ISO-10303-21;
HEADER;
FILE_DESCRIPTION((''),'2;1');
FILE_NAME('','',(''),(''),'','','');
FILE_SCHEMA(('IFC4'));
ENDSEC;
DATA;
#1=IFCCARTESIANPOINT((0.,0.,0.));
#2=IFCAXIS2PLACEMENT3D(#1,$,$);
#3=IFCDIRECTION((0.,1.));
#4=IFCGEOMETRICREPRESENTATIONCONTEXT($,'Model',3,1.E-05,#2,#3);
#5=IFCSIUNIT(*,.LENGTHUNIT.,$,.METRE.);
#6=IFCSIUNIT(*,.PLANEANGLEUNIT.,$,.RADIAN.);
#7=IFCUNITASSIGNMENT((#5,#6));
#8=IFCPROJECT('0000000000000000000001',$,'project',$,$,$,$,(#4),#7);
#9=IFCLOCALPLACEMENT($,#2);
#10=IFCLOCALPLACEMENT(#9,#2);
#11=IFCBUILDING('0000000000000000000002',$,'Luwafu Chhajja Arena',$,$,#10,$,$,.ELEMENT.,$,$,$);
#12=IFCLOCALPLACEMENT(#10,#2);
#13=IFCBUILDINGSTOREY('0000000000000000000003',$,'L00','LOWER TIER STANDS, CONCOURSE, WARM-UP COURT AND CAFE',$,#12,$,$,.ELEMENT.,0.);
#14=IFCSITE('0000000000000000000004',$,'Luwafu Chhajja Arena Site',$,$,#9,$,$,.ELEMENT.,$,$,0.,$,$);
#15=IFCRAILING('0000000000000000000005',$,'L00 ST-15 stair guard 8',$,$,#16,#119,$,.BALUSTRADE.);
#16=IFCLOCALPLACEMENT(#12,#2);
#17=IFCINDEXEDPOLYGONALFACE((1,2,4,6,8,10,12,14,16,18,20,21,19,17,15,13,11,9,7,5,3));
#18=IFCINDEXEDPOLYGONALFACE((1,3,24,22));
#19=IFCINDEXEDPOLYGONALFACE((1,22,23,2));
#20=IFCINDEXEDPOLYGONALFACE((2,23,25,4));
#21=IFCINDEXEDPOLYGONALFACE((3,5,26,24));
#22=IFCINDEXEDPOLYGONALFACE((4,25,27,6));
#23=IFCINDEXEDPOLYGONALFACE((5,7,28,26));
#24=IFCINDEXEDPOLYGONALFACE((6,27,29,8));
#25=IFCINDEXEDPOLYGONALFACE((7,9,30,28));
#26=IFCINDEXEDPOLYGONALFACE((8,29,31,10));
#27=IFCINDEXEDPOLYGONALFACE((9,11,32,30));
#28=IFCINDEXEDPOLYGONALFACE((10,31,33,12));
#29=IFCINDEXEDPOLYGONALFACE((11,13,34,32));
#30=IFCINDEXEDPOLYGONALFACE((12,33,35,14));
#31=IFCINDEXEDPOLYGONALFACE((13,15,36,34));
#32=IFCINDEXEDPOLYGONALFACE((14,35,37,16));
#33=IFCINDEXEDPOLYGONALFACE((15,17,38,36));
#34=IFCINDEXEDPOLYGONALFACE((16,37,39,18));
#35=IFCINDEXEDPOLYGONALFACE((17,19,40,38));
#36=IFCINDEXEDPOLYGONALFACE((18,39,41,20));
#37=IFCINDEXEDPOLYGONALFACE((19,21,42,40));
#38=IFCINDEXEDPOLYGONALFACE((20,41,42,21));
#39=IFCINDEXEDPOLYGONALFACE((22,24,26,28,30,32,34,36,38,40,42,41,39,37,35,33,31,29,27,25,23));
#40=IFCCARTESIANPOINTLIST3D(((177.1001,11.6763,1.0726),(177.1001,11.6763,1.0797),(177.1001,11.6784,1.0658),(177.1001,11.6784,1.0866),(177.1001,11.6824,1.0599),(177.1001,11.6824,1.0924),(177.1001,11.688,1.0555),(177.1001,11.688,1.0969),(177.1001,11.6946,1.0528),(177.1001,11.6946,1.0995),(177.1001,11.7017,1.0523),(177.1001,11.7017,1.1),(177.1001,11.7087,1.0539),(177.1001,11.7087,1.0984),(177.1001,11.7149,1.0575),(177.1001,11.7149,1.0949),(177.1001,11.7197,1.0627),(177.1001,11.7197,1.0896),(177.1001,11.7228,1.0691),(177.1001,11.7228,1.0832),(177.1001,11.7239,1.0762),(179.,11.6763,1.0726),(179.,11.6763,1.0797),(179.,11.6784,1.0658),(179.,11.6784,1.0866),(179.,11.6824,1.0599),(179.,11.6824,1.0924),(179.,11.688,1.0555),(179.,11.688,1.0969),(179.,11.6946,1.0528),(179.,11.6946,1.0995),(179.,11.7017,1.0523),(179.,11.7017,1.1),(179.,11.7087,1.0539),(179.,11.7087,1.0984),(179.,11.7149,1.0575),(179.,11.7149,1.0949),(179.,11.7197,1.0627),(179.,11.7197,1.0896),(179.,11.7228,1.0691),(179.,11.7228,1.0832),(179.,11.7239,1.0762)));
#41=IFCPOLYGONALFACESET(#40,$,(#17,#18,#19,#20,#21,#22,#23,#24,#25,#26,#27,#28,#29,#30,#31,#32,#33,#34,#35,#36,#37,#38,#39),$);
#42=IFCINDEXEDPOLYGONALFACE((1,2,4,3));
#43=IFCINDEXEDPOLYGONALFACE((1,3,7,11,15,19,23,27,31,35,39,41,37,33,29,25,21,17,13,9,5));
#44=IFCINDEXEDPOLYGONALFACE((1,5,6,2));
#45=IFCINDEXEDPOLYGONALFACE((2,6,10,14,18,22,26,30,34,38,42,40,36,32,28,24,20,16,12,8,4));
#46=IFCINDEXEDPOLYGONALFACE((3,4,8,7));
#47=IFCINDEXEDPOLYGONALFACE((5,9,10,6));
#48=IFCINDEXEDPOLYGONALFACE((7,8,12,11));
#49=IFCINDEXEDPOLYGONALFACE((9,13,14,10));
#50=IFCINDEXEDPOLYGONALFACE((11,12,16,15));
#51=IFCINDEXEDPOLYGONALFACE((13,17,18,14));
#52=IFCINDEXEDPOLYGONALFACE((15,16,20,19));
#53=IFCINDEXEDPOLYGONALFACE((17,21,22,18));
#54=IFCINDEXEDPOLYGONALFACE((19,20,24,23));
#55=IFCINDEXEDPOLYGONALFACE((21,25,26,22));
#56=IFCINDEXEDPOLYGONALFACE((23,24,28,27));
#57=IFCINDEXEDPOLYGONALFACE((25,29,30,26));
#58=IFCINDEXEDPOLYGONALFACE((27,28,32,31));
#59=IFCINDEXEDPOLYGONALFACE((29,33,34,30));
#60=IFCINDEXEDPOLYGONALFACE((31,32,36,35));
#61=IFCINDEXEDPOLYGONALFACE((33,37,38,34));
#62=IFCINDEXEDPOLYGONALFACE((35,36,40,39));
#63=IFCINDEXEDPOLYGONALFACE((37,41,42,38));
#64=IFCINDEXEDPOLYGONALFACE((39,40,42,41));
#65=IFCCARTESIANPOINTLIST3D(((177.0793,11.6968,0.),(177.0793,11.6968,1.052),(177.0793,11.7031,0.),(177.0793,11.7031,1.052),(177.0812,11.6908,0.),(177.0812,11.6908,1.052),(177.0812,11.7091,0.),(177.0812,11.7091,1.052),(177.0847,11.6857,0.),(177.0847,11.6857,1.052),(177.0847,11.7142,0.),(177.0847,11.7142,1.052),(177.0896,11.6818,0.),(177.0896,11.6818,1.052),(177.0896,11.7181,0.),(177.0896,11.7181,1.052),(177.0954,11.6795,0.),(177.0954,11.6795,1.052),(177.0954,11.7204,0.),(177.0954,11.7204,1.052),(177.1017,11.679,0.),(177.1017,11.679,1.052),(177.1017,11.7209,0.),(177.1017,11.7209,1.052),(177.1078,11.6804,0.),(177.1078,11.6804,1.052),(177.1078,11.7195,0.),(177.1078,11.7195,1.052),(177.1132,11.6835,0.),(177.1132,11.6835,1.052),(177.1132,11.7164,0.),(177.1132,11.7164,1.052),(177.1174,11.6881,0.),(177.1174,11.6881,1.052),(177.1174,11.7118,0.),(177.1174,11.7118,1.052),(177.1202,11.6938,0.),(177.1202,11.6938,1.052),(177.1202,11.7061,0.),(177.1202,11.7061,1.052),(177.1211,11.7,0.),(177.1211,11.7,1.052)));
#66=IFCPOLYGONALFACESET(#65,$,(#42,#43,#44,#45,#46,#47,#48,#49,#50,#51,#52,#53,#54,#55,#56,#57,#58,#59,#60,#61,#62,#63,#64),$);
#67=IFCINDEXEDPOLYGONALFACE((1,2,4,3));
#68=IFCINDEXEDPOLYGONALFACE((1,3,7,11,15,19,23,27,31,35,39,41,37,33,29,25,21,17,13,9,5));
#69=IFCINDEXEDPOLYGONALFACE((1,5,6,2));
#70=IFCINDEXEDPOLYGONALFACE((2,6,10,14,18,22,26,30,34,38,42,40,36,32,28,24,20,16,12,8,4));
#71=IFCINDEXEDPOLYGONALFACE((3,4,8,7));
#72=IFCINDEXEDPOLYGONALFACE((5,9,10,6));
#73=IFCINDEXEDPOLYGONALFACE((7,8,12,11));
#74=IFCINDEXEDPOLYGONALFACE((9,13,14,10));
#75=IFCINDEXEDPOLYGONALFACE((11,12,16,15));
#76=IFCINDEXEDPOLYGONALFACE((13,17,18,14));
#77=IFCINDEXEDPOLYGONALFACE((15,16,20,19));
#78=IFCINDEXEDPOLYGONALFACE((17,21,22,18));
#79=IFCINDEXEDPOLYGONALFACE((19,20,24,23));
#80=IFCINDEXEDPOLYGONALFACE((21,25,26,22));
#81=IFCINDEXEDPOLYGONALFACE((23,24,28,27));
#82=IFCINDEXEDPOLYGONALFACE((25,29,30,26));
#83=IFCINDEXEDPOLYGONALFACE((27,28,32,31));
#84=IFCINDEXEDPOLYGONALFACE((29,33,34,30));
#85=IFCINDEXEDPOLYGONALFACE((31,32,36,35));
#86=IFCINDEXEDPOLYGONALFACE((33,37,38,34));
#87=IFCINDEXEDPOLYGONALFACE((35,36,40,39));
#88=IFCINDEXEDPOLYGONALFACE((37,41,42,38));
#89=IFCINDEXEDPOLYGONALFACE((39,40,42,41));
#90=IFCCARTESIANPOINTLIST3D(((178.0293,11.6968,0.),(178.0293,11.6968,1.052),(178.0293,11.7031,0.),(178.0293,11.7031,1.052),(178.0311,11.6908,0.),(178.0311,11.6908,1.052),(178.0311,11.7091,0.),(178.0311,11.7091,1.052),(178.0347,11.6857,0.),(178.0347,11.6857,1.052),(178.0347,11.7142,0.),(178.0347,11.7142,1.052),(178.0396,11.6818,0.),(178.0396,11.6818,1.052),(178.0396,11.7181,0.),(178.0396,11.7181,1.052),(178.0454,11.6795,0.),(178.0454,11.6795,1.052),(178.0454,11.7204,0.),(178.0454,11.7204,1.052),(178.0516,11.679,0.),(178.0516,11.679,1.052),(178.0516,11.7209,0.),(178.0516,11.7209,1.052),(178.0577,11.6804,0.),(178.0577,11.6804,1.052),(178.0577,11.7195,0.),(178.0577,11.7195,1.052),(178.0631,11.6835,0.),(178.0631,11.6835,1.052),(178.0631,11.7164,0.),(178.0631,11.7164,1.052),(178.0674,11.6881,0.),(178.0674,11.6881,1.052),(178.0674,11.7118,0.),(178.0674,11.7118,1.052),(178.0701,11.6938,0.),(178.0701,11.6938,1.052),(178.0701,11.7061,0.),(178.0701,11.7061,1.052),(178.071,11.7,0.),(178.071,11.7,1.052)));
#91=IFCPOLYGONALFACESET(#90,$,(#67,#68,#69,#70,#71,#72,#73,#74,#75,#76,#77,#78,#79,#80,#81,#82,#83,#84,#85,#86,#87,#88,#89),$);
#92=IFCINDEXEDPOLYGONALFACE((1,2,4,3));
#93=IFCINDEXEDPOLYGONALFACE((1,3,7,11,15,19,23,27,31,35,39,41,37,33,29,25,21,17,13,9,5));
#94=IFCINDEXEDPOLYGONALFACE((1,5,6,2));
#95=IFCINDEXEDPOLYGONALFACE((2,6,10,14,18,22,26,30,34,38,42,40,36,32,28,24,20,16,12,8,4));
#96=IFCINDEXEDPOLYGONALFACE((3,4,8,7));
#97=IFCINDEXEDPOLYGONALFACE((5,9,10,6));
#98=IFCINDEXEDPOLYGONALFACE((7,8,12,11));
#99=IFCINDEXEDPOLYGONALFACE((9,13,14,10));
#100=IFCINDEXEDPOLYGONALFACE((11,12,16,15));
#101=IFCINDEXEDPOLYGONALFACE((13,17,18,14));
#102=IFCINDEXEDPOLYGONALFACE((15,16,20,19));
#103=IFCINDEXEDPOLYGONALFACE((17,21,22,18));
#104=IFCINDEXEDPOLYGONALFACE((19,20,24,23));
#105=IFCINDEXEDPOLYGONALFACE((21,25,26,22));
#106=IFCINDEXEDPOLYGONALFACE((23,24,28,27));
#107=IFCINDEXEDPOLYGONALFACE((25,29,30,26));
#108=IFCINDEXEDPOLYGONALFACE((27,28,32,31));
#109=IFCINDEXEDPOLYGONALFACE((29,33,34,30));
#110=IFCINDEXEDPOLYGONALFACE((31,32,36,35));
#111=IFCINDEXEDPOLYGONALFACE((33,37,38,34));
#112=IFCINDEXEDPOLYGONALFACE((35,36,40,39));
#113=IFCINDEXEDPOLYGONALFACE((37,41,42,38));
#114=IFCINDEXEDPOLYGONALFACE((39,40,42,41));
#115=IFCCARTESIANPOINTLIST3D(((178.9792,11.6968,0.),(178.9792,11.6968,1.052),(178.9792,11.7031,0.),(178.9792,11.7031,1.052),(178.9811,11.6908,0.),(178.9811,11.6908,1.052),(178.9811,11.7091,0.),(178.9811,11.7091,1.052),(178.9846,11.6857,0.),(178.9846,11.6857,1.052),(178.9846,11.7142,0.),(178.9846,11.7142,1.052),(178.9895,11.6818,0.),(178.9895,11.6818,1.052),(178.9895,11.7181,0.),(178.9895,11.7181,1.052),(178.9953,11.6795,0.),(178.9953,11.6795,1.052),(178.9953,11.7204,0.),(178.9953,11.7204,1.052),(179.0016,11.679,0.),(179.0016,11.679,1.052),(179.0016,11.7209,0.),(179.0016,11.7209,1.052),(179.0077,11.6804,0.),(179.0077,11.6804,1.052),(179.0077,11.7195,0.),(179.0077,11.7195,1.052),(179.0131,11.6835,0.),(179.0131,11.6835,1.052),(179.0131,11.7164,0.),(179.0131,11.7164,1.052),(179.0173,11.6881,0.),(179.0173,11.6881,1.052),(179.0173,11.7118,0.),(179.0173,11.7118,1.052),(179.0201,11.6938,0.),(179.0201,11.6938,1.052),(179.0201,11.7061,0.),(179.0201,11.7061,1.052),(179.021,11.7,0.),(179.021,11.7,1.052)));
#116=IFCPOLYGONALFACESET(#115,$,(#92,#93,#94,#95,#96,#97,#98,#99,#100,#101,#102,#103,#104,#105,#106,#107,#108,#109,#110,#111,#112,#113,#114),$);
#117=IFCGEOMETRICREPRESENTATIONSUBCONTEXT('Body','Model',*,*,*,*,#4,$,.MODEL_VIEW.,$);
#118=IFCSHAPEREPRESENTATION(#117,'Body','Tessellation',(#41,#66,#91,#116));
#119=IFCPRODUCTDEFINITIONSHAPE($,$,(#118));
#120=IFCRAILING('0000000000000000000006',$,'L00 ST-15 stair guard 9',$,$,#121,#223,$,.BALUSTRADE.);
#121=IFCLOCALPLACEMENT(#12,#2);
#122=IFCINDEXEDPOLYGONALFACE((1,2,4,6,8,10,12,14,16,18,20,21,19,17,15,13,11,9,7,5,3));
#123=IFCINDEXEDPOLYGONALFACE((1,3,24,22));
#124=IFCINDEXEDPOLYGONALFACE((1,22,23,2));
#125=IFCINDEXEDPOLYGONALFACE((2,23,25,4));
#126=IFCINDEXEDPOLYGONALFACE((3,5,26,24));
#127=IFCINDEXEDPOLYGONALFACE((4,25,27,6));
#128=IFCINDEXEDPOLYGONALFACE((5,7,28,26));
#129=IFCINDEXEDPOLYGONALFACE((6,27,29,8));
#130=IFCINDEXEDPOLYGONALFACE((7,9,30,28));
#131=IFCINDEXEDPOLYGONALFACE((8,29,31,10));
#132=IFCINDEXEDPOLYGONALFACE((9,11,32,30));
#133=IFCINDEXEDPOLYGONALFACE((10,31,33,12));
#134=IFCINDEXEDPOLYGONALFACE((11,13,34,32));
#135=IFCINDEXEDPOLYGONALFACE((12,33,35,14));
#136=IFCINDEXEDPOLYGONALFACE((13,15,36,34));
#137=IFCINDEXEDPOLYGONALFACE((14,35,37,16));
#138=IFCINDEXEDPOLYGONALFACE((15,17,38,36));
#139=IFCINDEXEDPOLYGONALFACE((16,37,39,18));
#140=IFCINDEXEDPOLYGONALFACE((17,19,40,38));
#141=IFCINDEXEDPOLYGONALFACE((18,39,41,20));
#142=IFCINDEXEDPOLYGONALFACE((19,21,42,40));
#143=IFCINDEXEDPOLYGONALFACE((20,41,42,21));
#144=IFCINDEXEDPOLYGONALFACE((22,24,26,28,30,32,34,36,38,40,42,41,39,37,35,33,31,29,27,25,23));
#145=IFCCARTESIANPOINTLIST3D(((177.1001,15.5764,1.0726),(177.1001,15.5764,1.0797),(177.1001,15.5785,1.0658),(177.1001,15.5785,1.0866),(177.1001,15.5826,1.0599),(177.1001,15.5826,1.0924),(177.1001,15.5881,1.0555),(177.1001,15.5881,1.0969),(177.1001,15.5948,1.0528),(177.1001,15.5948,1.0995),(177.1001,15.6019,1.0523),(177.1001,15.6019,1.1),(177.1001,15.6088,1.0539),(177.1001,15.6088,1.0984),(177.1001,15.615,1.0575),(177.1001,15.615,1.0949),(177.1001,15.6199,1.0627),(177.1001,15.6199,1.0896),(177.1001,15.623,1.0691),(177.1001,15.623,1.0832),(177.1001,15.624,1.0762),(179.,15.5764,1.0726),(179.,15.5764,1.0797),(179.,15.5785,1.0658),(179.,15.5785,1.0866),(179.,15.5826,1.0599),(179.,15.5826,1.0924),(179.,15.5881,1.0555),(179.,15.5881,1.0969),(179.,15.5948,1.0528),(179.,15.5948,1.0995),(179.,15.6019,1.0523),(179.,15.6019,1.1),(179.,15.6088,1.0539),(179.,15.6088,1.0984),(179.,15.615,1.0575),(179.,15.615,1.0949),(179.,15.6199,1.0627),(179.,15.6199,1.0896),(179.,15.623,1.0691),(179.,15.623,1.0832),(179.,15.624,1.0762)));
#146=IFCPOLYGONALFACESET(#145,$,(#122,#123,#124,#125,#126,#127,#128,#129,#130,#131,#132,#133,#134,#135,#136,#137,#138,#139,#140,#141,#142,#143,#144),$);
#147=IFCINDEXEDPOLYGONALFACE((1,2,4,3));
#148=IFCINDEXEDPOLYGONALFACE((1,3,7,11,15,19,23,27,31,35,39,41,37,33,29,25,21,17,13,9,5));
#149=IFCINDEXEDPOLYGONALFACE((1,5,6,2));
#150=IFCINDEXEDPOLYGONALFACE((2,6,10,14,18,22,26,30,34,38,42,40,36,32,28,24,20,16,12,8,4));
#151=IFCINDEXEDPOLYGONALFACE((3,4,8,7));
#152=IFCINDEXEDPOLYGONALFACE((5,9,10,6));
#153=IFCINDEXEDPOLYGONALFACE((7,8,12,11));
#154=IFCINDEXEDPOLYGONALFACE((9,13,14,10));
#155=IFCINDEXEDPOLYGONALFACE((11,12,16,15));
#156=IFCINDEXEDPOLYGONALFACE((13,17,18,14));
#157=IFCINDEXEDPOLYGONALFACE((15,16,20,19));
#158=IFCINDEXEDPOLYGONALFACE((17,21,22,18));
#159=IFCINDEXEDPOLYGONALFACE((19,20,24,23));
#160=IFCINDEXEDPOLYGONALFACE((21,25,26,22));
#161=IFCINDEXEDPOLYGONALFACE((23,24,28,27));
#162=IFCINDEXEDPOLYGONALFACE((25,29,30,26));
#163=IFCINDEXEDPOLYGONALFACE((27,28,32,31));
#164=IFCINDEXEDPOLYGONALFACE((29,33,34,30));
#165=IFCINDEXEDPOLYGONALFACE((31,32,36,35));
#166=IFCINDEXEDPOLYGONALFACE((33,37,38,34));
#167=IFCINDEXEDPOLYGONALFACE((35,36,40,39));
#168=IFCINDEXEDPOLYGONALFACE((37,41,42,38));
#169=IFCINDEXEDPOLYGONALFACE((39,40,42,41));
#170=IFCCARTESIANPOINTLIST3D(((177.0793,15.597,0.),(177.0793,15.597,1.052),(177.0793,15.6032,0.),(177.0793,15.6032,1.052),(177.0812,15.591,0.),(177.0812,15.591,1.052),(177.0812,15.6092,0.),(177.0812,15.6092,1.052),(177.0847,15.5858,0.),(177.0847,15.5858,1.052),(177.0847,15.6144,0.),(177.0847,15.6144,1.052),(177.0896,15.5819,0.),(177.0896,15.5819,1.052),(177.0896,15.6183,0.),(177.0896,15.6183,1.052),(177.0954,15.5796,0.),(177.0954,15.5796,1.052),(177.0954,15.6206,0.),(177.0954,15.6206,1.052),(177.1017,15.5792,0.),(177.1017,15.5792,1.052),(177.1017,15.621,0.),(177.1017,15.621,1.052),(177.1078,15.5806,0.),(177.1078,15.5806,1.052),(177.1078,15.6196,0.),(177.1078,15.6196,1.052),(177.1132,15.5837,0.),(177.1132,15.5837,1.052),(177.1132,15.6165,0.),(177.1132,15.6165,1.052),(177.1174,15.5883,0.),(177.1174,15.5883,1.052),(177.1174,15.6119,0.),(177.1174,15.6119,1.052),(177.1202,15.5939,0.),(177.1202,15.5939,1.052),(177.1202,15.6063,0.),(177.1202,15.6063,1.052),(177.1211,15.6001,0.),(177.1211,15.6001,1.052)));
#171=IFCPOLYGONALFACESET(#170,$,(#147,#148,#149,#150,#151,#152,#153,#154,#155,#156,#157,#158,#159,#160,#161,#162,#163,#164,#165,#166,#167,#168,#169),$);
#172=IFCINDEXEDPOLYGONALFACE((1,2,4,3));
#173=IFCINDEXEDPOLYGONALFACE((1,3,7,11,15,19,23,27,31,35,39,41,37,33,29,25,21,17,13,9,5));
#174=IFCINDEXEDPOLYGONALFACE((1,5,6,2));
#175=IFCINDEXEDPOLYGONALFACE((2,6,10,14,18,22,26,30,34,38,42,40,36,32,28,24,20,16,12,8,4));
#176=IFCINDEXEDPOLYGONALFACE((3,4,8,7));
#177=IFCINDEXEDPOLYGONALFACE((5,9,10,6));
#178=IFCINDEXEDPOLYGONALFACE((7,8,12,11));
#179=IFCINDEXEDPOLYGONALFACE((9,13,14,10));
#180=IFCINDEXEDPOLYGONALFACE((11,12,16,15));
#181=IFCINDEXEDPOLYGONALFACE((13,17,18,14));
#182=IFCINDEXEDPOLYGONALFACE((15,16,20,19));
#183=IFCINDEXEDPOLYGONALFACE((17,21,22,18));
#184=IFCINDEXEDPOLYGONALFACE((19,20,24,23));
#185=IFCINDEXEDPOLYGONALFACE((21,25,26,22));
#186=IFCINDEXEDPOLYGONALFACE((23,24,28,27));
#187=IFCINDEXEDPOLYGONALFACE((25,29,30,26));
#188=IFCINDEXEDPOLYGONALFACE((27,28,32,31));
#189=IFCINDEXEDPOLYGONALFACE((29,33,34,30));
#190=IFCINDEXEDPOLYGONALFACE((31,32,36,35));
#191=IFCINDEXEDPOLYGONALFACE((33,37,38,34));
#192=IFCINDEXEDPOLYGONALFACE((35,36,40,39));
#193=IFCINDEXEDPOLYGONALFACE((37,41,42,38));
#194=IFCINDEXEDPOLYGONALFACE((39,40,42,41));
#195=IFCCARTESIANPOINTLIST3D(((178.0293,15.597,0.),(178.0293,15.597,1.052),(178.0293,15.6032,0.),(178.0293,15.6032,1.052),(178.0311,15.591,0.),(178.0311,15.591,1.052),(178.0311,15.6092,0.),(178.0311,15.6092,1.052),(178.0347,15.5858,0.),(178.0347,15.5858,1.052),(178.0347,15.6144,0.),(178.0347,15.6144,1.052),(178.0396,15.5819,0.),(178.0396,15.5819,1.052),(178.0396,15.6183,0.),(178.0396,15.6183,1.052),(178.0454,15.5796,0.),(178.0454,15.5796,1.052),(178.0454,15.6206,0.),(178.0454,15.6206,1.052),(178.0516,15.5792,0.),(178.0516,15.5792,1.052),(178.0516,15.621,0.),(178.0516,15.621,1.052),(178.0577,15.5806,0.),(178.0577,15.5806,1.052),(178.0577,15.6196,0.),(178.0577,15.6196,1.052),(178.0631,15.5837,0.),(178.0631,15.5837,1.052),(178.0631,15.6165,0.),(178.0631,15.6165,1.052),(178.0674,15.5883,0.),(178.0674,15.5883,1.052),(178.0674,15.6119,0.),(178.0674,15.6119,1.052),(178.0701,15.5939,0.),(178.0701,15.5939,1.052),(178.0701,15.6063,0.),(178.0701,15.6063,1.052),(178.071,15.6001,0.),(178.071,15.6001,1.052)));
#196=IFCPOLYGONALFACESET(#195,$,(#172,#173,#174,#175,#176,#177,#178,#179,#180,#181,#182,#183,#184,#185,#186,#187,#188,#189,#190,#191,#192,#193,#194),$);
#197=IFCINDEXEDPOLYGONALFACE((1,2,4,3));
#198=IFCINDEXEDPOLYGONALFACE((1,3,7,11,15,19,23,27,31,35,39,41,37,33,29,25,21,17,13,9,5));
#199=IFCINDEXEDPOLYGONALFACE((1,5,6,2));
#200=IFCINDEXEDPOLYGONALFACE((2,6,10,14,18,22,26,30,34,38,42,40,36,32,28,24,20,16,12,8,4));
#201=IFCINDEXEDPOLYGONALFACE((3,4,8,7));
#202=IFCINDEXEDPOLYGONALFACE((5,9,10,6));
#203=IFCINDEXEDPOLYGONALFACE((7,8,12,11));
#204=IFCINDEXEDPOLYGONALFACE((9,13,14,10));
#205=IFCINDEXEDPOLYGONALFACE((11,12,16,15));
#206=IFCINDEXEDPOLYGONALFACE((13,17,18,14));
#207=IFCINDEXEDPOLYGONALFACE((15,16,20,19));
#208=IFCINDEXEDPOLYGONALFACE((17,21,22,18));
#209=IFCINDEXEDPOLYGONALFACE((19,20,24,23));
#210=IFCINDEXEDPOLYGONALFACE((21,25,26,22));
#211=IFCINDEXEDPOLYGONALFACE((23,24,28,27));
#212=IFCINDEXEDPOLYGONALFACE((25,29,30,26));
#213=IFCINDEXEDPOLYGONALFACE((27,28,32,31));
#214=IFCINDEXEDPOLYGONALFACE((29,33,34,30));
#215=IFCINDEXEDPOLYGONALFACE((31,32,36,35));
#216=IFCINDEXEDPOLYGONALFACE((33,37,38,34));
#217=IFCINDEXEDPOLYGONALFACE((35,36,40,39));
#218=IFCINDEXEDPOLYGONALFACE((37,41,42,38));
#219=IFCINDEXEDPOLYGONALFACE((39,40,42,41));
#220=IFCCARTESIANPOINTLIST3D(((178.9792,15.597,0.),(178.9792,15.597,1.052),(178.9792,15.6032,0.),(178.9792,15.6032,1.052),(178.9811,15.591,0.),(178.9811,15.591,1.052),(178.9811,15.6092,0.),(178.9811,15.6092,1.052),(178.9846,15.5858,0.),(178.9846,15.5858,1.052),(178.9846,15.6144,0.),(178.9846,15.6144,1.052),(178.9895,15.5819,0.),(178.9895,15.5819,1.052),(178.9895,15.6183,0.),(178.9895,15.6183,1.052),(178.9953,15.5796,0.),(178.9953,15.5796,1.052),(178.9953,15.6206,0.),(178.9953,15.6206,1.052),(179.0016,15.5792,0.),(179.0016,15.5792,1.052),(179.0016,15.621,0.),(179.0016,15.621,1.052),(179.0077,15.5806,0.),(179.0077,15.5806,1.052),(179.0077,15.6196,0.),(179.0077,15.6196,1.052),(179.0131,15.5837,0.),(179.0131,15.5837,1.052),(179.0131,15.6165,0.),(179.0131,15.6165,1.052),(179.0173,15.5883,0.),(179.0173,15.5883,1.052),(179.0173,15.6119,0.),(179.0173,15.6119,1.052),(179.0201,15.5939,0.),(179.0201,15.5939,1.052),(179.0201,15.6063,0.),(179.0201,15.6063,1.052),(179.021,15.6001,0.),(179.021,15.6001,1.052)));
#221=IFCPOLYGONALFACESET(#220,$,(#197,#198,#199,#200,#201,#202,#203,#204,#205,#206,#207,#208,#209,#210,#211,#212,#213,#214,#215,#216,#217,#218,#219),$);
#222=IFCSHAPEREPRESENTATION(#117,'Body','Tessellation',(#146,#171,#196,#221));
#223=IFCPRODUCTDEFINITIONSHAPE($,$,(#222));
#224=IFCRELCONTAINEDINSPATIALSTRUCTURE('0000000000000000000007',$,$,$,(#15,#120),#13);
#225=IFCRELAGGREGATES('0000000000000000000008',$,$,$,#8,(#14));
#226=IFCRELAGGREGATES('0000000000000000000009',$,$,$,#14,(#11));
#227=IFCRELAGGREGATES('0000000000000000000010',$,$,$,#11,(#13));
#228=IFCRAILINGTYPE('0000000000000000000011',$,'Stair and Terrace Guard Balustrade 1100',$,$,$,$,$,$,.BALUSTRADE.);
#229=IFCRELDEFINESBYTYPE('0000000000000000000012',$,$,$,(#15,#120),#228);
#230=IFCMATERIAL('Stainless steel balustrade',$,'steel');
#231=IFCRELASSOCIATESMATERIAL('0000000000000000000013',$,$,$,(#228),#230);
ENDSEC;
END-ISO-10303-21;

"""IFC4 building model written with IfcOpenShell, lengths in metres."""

from ifc_helpers import new_model, si_unit, direction, frame, origin, origin_2d, place, context, subcontext, project, spatial, circle, extrude, material, type_object, element, save


model = new_model("IFC4")

# Units and contexts
model_context = context("Model", 3, precision=1e-05, world=origin(), true_north=direction((0.0, 1.0)))
body_context = subcontext(model_context, "Body", "Model", "MODEL_VIEW")
ifc_project = project(units=[si_unit("LENGTHUNIT", "METRE"), si_unit("PLANEANGLEUNIT", "RADIAN")], contexts=[model_context])

# Site, building, storey
site_placement = place(None, origin())
site = spatial("IfcSite", under=ifc_project, at=site_placement, Name="Luwafu Chhajja Arena Site", CompositionType="ELEMENT", RefElevation=0.0)
building_placement = place(site_placement, origin())
building = spatial("IfcBuilding", under=site, at=building_placement, Name="Luwafu Chhajja Arena", CompositionType="ELEMENT")
storey_placement = place(building_placement, origin())
storey = spatial("IfcBuildingStorey", under=building, at=storey_placement, Name="L00", Description="LOWER TIER STANDS, CONCOURSE, WARM-UP COURT AND CAFE", CompositionType="ELEMENT", Elevation=0.0)

# Railings
ifc_material_1 = material(Name="Stainless steel balustrade", Category="steel")
railing_type = type_object("IfcRailingType", Name="Stair and Terrace Guard Balustrade 1100", PredefinedType="BALUSTRADE", material=ifc_material_1)
for number, where, name in (
    (1, (177.1001, 11.7, 0.0), "L00 ST-15 stair guard 8"),
    (2, (177.1001, 15.6001, 0.0), "L00 ST-15 stair guard 9"),
):
    element("IfcRailing", number, at=place(storey_placement, frame(where)), inside=storey, type_object=railing_type, Name=name, PredefinedType="BALUSTRADE", context=body_context, shape_type="SweptSolid", body=[
        extrude(circle(Radius=0.0239, at=origin_2d()), frame((0.0, 0.0, 1.0762), z_axis=(1.0, 0.0, 0.0), x_axis=(0.0, 1.0, 0.0)), (0.0, 0.0, 1.0), 1.8999),
        extrude(circle(Radius=0.021, at=origin_2d()), origin(), (0.0, 0.0, 1.0), 1.052),
        extrude(circle(Radius=0.021, at=origin_2d()), frame((0.95, 0.0, 0.0)), (0.0, 0.0, 1.0), 1.052),
        extrude(circle(Radius=0.021, at=origin_2d()), frame((1.8999, 0.0, 0.0)), (0.0, 0.0, 1.0), 1.052),
    ])

save(model, "model.ifc")
